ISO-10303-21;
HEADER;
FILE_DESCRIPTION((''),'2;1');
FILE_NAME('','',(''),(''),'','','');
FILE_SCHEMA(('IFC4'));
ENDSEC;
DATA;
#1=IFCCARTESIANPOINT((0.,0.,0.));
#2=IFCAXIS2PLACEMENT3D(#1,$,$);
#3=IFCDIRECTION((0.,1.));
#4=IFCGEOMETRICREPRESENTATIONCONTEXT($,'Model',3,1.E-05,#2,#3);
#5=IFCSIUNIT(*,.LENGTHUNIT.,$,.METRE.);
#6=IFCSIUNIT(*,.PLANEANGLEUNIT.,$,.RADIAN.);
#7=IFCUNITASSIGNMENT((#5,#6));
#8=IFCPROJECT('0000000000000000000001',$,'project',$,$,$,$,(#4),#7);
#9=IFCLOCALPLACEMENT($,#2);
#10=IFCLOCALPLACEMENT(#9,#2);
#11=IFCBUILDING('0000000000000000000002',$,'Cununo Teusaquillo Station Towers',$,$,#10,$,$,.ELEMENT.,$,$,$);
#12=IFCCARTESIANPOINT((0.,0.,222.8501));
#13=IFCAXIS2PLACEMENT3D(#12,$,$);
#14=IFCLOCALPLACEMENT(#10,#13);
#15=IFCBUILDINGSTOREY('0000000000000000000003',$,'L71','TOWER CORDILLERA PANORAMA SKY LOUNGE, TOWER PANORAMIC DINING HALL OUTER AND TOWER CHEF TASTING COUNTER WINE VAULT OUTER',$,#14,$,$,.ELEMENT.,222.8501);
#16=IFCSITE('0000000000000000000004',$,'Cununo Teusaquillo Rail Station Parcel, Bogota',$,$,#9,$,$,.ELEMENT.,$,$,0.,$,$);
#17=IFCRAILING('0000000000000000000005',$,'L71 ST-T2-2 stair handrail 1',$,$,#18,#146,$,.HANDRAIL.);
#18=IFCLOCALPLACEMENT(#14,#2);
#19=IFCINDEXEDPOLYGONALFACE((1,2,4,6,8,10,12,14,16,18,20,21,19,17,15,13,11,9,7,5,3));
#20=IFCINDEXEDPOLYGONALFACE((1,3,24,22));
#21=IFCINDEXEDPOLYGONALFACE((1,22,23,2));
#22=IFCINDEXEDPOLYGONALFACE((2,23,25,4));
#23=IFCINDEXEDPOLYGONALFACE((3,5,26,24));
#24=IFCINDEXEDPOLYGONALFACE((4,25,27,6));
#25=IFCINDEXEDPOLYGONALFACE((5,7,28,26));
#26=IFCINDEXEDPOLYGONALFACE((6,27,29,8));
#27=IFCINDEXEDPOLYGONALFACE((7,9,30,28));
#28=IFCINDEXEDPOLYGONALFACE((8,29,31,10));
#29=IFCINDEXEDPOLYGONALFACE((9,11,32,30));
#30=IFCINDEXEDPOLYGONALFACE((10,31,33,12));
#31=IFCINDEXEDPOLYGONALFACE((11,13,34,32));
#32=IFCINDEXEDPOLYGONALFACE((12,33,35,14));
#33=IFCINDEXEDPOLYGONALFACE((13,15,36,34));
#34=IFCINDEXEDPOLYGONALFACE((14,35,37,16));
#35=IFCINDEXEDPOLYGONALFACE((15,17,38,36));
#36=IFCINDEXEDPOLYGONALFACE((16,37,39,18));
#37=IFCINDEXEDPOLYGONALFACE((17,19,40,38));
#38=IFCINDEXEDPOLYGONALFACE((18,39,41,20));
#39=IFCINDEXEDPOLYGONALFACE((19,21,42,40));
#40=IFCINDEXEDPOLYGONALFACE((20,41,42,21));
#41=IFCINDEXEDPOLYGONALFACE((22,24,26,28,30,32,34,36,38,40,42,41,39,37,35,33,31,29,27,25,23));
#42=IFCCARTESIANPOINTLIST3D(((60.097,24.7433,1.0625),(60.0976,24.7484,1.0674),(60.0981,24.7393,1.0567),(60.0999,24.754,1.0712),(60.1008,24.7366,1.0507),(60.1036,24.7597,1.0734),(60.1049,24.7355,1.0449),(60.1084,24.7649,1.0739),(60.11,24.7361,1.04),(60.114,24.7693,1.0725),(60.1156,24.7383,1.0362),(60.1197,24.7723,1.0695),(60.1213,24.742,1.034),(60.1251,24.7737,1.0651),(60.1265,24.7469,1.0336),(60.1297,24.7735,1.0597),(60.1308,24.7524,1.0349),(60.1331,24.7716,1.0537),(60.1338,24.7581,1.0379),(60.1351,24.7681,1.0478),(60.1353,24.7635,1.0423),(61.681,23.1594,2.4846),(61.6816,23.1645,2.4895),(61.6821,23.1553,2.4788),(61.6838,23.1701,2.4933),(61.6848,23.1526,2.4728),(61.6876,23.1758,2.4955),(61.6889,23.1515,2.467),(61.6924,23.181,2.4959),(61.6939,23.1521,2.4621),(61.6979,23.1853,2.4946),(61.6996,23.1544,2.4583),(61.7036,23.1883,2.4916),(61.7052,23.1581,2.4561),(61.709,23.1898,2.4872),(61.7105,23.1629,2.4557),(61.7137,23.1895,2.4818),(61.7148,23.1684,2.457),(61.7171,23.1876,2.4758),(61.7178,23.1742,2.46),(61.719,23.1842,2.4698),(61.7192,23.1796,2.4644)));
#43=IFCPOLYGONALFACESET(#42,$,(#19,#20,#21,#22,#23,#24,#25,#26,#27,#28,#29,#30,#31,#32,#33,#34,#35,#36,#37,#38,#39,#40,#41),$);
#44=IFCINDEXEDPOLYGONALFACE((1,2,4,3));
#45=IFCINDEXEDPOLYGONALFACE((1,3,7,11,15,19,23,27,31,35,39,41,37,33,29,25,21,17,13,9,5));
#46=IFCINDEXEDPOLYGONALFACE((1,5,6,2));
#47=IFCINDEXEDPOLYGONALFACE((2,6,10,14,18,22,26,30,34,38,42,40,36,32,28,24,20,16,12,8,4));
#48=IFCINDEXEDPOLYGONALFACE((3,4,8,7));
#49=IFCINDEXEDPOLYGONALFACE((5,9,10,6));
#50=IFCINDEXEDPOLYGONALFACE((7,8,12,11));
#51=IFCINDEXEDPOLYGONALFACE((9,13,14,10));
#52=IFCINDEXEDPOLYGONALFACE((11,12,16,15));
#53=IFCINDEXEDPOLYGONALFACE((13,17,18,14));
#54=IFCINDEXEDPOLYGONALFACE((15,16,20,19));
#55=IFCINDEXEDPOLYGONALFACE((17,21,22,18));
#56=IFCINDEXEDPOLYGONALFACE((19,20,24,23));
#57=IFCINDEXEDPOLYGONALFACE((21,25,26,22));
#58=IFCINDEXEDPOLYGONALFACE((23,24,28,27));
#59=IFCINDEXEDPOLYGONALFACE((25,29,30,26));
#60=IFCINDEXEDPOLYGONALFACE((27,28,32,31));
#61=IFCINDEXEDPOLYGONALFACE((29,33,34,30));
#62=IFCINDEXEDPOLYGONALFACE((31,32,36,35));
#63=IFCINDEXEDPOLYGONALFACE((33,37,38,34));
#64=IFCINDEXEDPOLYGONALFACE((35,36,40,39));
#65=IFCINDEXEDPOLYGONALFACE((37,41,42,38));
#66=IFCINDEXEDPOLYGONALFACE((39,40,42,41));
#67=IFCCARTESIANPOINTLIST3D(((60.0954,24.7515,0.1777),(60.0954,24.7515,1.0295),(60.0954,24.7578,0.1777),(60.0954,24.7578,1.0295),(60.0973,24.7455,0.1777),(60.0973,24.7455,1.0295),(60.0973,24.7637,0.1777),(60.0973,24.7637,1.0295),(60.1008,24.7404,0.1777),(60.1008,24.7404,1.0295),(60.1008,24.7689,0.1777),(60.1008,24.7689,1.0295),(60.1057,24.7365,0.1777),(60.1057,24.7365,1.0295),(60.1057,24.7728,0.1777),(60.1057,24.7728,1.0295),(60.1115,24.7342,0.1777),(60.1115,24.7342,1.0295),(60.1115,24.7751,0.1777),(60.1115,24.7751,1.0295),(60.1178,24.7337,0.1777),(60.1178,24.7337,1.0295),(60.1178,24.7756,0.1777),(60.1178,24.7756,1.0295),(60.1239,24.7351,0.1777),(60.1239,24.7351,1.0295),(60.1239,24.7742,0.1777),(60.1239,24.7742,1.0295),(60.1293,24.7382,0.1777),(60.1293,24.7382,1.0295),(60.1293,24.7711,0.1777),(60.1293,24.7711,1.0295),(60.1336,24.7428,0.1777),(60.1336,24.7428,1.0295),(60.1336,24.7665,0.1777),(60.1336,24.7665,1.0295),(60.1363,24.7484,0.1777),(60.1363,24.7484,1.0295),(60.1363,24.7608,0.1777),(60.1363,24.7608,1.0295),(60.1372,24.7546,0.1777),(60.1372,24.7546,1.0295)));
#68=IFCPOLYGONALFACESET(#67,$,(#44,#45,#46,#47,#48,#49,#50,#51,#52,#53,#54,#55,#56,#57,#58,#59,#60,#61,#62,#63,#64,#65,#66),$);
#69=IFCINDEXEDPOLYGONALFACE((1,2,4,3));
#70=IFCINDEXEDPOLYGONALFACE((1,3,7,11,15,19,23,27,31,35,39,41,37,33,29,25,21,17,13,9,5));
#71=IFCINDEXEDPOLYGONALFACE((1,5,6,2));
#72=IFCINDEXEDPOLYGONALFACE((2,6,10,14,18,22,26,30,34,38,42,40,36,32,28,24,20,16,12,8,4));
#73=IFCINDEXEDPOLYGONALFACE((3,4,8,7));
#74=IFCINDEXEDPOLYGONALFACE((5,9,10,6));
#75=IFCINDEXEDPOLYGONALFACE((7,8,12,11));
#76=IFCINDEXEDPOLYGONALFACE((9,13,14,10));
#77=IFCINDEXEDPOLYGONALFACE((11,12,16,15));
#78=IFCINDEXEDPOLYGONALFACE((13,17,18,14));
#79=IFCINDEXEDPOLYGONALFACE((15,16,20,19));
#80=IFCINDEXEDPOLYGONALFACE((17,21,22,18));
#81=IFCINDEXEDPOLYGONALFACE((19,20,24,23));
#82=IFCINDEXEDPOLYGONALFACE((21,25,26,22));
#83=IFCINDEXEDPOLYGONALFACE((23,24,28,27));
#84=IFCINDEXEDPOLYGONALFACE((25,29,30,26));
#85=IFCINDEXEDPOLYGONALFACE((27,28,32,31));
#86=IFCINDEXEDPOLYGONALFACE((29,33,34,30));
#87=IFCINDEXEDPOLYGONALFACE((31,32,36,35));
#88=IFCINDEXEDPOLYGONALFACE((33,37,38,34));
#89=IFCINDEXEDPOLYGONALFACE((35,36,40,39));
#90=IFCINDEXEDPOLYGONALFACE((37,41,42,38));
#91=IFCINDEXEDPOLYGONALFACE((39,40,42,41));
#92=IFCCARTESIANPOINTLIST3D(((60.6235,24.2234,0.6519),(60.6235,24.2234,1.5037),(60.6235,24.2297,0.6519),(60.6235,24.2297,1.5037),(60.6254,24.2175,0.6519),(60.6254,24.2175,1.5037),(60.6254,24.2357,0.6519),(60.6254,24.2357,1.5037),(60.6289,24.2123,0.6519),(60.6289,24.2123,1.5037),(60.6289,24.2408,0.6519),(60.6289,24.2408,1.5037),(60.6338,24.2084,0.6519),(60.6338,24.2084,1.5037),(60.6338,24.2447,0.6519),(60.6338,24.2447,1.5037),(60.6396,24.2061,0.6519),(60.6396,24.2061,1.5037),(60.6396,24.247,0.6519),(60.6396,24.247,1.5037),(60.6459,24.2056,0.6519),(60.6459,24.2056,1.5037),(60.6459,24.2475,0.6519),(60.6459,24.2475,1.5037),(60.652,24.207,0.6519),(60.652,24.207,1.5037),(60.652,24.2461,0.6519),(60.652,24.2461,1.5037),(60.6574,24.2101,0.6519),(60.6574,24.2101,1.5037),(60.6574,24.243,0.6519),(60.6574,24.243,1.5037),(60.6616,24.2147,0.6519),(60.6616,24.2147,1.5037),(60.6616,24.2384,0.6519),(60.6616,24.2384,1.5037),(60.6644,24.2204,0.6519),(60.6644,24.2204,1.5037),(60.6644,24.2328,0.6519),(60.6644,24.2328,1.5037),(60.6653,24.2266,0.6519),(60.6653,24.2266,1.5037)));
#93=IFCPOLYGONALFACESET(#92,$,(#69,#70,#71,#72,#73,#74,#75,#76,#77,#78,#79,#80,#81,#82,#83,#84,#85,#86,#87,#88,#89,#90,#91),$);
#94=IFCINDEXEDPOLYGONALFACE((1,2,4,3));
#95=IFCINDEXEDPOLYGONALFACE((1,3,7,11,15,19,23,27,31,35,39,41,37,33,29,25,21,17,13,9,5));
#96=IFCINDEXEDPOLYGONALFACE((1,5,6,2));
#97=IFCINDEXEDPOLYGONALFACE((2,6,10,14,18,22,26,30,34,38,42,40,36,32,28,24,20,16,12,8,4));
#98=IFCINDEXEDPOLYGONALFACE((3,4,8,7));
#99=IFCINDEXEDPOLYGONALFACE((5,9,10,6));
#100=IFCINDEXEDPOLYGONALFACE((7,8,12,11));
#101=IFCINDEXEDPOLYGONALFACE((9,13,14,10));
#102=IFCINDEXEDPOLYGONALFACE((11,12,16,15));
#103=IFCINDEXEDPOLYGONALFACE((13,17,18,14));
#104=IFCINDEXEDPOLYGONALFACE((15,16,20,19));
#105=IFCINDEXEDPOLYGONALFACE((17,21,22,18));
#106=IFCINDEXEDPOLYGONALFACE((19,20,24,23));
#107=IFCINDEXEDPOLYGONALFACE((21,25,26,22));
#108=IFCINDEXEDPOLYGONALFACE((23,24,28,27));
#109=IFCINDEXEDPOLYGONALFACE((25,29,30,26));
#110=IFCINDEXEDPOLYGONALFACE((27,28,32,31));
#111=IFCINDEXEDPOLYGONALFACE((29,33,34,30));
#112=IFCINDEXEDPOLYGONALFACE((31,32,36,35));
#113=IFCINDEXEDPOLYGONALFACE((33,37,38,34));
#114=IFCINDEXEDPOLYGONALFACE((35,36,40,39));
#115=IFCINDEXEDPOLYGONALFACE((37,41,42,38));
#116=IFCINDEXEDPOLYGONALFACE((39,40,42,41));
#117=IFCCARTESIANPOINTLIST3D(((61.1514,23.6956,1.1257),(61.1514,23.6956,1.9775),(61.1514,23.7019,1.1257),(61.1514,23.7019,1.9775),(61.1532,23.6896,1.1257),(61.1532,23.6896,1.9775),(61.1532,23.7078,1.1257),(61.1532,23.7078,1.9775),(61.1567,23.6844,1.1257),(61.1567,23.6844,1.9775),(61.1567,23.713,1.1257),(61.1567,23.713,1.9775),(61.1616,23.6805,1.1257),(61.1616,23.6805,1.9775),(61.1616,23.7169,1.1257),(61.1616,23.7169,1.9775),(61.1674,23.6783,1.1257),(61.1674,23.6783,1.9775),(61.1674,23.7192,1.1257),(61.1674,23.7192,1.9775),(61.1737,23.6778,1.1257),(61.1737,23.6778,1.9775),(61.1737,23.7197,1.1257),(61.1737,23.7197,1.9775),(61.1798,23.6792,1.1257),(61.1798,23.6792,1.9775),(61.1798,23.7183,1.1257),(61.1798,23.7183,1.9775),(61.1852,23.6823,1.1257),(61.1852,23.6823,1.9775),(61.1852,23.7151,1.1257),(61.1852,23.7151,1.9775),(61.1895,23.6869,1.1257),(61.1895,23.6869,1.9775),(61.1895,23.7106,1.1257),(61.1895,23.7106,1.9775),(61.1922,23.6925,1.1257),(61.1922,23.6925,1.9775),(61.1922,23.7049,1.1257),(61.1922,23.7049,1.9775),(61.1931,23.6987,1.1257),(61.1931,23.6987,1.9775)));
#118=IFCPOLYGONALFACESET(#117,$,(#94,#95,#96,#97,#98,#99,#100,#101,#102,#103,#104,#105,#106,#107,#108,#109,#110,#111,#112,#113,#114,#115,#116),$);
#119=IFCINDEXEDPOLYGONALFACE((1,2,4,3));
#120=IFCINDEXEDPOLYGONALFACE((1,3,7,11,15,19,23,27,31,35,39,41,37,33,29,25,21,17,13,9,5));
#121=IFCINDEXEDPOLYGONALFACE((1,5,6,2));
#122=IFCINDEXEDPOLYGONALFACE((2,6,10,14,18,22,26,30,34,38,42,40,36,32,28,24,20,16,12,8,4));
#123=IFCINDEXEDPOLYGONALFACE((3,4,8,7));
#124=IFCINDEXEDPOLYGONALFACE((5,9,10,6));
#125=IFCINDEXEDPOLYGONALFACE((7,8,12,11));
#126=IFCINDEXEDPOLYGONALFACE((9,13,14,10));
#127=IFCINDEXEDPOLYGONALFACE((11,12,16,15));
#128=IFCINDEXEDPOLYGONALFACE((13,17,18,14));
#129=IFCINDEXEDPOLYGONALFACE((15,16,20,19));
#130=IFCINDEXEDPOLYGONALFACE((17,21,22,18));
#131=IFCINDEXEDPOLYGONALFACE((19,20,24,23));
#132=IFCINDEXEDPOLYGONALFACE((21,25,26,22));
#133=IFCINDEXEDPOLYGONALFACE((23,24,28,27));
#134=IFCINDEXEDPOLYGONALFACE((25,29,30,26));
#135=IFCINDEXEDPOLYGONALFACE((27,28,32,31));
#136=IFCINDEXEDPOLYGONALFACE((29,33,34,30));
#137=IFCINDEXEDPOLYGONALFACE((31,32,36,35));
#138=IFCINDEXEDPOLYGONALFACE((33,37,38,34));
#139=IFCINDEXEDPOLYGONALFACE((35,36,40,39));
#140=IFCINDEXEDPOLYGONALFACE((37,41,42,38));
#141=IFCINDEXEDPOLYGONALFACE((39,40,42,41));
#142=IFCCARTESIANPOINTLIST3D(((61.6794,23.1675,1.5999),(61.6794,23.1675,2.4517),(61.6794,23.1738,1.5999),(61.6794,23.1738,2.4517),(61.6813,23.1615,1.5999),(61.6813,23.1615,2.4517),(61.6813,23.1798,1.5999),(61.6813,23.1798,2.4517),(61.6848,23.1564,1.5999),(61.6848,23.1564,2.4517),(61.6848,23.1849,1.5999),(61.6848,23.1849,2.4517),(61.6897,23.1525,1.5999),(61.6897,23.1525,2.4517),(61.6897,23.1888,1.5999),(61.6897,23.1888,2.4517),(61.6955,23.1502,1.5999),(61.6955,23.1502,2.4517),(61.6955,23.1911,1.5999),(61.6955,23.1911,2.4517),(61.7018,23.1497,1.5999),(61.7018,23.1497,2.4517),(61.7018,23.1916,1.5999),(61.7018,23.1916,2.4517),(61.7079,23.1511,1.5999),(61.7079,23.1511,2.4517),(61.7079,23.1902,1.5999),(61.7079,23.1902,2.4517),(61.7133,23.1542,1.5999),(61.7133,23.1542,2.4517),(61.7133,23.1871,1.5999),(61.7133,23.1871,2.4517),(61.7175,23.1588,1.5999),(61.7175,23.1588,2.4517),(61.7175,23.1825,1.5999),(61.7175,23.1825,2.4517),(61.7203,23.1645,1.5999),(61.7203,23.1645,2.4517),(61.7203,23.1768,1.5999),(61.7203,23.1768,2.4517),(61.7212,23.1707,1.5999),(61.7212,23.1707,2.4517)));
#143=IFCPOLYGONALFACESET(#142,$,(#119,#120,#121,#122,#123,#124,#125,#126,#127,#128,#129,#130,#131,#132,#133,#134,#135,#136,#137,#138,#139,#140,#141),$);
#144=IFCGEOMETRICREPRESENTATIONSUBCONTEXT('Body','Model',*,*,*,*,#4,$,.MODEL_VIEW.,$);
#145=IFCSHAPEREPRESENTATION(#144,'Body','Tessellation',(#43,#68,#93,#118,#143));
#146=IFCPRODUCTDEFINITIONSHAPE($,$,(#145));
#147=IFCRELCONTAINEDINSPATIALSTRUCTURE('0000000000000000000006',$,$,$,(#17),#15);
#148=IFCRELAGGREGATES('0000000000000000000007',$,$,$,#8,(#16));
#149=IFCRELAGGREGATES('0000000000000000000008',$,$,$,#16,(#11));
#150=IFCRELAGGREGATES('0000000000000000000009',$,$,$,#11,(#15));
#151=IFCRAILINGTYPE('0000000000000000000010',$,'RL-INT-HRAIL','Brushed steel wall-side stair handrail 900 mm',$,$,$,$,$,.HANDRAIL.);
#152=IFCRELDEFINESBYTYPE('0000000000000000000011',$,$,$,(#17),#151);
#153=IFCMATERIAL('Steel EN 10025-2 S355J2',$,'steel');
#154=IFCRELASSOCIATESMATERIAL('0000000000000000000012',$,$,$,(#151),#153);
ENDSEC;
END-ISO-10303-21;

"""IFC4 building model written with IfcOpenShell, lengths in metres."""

from ifc_helpers import new_model, si_unit, direction, frame, origin, origin_2d, place, context, subcontext, project, spatial, circle, extrude, material, type_object, element, save


model = new_model("IFC4")

# Units and contexts
model_context = context("Model", 3, precision=1e-05, world=origin(), true_north=direction((0.0, 1.0)))
body_context = subcontext(model_context, "Body", "Model", "MODEL_VIEW")
ifc_project = project(units=[si_unit("LENGTHUNIT", "METRE"), si_unit("PLANEANGLEUNIT", "RADIAN")], contexts=[model_context])

# Site, building, storey
site_placement = place(None, origin())
site = spatial("IfcSite", under=ifc_project, at=site_placement, Name="Cununo Teusaquillo Rail Station Parcel, Bogota", CompositionType="ELEMENT", RefElevation=0.0)
building_placement = place(site_placement, origin())
building = spatial("IfcBuilding", under=site, at=building_placement, Name="Cununo Teusaquillo Station Towers", CompositionType="ELEMENT")
storey_placement = place(building_placement, frame((0.0, 0.0, 222.8501)))
storey = spatial("IfcBuildingStorey", under=building, at=storey_placement, Name="L71", Description="TOWER CORDILLERA PANORAMA SKY LOUNGE, TOWER PANORAMIC DINING HALL OUTER AND TOWER CHEF TASTING COUNTER WINE VAULT OUTER", CompositionType="ELEMENT", Elevation=222.8501)

# Railing
ifc_material_1 = material(Name="Steel EN 10025-2 S355J2", Category="steel")
railing_type_1 = type_object("IfcRailingType", Name="RL-INT-HRAIL", Description="Brushed steel wall-side stair handrail 900 mm", PredefinedType="HANDRAIL", material=ifc_material_1)
railing_1_placement = place(storey_placement, frame((60.1162, 24.7546, 0.1777)))
element("IfcRailing", 1, at=railing_1_placement, inside=storey, type_object=railing_type_1, Name="L71 ST-T2-2 stair handrail 1", PredefinedType="HANDRAIL", context=body_context, shape_type="SweptSolid", body=[
    extrude(circle(Radius=0.0239, at=origin_2d()), frame((0.0, 0.0, 0.876), z_axis=(0.596968, -0.596968, 0.535965), x_axis=(0.707107, 0.707107, 0.0)), (0.0, 0.0, 1.0), 2.6533),
    extrude(circle(Radius=0.021, at=origin_2d()), origin(), (0.0, 0.0, 1.0), 0.8518),
    extrude(circle(Radius=0.021, at=origin_2d()), frame((0.5281, -0.5281, 0.4741)), (0.0, 0.0, 1.0), 0.8518),
    extrude(circle(Radius=0.021, at=origin_2d()), frame((1.0559, -1.0559, 0.948)), (0.0, 0.0, 1.0), 0.8518),
    extrude(circle(Radius=0.021, at=origin_2d()), frame((1.584, -1.584, 1.4221)), (0.0, 0.0, 1.0), 0.8518),
])

save(model, "model.ifc")
